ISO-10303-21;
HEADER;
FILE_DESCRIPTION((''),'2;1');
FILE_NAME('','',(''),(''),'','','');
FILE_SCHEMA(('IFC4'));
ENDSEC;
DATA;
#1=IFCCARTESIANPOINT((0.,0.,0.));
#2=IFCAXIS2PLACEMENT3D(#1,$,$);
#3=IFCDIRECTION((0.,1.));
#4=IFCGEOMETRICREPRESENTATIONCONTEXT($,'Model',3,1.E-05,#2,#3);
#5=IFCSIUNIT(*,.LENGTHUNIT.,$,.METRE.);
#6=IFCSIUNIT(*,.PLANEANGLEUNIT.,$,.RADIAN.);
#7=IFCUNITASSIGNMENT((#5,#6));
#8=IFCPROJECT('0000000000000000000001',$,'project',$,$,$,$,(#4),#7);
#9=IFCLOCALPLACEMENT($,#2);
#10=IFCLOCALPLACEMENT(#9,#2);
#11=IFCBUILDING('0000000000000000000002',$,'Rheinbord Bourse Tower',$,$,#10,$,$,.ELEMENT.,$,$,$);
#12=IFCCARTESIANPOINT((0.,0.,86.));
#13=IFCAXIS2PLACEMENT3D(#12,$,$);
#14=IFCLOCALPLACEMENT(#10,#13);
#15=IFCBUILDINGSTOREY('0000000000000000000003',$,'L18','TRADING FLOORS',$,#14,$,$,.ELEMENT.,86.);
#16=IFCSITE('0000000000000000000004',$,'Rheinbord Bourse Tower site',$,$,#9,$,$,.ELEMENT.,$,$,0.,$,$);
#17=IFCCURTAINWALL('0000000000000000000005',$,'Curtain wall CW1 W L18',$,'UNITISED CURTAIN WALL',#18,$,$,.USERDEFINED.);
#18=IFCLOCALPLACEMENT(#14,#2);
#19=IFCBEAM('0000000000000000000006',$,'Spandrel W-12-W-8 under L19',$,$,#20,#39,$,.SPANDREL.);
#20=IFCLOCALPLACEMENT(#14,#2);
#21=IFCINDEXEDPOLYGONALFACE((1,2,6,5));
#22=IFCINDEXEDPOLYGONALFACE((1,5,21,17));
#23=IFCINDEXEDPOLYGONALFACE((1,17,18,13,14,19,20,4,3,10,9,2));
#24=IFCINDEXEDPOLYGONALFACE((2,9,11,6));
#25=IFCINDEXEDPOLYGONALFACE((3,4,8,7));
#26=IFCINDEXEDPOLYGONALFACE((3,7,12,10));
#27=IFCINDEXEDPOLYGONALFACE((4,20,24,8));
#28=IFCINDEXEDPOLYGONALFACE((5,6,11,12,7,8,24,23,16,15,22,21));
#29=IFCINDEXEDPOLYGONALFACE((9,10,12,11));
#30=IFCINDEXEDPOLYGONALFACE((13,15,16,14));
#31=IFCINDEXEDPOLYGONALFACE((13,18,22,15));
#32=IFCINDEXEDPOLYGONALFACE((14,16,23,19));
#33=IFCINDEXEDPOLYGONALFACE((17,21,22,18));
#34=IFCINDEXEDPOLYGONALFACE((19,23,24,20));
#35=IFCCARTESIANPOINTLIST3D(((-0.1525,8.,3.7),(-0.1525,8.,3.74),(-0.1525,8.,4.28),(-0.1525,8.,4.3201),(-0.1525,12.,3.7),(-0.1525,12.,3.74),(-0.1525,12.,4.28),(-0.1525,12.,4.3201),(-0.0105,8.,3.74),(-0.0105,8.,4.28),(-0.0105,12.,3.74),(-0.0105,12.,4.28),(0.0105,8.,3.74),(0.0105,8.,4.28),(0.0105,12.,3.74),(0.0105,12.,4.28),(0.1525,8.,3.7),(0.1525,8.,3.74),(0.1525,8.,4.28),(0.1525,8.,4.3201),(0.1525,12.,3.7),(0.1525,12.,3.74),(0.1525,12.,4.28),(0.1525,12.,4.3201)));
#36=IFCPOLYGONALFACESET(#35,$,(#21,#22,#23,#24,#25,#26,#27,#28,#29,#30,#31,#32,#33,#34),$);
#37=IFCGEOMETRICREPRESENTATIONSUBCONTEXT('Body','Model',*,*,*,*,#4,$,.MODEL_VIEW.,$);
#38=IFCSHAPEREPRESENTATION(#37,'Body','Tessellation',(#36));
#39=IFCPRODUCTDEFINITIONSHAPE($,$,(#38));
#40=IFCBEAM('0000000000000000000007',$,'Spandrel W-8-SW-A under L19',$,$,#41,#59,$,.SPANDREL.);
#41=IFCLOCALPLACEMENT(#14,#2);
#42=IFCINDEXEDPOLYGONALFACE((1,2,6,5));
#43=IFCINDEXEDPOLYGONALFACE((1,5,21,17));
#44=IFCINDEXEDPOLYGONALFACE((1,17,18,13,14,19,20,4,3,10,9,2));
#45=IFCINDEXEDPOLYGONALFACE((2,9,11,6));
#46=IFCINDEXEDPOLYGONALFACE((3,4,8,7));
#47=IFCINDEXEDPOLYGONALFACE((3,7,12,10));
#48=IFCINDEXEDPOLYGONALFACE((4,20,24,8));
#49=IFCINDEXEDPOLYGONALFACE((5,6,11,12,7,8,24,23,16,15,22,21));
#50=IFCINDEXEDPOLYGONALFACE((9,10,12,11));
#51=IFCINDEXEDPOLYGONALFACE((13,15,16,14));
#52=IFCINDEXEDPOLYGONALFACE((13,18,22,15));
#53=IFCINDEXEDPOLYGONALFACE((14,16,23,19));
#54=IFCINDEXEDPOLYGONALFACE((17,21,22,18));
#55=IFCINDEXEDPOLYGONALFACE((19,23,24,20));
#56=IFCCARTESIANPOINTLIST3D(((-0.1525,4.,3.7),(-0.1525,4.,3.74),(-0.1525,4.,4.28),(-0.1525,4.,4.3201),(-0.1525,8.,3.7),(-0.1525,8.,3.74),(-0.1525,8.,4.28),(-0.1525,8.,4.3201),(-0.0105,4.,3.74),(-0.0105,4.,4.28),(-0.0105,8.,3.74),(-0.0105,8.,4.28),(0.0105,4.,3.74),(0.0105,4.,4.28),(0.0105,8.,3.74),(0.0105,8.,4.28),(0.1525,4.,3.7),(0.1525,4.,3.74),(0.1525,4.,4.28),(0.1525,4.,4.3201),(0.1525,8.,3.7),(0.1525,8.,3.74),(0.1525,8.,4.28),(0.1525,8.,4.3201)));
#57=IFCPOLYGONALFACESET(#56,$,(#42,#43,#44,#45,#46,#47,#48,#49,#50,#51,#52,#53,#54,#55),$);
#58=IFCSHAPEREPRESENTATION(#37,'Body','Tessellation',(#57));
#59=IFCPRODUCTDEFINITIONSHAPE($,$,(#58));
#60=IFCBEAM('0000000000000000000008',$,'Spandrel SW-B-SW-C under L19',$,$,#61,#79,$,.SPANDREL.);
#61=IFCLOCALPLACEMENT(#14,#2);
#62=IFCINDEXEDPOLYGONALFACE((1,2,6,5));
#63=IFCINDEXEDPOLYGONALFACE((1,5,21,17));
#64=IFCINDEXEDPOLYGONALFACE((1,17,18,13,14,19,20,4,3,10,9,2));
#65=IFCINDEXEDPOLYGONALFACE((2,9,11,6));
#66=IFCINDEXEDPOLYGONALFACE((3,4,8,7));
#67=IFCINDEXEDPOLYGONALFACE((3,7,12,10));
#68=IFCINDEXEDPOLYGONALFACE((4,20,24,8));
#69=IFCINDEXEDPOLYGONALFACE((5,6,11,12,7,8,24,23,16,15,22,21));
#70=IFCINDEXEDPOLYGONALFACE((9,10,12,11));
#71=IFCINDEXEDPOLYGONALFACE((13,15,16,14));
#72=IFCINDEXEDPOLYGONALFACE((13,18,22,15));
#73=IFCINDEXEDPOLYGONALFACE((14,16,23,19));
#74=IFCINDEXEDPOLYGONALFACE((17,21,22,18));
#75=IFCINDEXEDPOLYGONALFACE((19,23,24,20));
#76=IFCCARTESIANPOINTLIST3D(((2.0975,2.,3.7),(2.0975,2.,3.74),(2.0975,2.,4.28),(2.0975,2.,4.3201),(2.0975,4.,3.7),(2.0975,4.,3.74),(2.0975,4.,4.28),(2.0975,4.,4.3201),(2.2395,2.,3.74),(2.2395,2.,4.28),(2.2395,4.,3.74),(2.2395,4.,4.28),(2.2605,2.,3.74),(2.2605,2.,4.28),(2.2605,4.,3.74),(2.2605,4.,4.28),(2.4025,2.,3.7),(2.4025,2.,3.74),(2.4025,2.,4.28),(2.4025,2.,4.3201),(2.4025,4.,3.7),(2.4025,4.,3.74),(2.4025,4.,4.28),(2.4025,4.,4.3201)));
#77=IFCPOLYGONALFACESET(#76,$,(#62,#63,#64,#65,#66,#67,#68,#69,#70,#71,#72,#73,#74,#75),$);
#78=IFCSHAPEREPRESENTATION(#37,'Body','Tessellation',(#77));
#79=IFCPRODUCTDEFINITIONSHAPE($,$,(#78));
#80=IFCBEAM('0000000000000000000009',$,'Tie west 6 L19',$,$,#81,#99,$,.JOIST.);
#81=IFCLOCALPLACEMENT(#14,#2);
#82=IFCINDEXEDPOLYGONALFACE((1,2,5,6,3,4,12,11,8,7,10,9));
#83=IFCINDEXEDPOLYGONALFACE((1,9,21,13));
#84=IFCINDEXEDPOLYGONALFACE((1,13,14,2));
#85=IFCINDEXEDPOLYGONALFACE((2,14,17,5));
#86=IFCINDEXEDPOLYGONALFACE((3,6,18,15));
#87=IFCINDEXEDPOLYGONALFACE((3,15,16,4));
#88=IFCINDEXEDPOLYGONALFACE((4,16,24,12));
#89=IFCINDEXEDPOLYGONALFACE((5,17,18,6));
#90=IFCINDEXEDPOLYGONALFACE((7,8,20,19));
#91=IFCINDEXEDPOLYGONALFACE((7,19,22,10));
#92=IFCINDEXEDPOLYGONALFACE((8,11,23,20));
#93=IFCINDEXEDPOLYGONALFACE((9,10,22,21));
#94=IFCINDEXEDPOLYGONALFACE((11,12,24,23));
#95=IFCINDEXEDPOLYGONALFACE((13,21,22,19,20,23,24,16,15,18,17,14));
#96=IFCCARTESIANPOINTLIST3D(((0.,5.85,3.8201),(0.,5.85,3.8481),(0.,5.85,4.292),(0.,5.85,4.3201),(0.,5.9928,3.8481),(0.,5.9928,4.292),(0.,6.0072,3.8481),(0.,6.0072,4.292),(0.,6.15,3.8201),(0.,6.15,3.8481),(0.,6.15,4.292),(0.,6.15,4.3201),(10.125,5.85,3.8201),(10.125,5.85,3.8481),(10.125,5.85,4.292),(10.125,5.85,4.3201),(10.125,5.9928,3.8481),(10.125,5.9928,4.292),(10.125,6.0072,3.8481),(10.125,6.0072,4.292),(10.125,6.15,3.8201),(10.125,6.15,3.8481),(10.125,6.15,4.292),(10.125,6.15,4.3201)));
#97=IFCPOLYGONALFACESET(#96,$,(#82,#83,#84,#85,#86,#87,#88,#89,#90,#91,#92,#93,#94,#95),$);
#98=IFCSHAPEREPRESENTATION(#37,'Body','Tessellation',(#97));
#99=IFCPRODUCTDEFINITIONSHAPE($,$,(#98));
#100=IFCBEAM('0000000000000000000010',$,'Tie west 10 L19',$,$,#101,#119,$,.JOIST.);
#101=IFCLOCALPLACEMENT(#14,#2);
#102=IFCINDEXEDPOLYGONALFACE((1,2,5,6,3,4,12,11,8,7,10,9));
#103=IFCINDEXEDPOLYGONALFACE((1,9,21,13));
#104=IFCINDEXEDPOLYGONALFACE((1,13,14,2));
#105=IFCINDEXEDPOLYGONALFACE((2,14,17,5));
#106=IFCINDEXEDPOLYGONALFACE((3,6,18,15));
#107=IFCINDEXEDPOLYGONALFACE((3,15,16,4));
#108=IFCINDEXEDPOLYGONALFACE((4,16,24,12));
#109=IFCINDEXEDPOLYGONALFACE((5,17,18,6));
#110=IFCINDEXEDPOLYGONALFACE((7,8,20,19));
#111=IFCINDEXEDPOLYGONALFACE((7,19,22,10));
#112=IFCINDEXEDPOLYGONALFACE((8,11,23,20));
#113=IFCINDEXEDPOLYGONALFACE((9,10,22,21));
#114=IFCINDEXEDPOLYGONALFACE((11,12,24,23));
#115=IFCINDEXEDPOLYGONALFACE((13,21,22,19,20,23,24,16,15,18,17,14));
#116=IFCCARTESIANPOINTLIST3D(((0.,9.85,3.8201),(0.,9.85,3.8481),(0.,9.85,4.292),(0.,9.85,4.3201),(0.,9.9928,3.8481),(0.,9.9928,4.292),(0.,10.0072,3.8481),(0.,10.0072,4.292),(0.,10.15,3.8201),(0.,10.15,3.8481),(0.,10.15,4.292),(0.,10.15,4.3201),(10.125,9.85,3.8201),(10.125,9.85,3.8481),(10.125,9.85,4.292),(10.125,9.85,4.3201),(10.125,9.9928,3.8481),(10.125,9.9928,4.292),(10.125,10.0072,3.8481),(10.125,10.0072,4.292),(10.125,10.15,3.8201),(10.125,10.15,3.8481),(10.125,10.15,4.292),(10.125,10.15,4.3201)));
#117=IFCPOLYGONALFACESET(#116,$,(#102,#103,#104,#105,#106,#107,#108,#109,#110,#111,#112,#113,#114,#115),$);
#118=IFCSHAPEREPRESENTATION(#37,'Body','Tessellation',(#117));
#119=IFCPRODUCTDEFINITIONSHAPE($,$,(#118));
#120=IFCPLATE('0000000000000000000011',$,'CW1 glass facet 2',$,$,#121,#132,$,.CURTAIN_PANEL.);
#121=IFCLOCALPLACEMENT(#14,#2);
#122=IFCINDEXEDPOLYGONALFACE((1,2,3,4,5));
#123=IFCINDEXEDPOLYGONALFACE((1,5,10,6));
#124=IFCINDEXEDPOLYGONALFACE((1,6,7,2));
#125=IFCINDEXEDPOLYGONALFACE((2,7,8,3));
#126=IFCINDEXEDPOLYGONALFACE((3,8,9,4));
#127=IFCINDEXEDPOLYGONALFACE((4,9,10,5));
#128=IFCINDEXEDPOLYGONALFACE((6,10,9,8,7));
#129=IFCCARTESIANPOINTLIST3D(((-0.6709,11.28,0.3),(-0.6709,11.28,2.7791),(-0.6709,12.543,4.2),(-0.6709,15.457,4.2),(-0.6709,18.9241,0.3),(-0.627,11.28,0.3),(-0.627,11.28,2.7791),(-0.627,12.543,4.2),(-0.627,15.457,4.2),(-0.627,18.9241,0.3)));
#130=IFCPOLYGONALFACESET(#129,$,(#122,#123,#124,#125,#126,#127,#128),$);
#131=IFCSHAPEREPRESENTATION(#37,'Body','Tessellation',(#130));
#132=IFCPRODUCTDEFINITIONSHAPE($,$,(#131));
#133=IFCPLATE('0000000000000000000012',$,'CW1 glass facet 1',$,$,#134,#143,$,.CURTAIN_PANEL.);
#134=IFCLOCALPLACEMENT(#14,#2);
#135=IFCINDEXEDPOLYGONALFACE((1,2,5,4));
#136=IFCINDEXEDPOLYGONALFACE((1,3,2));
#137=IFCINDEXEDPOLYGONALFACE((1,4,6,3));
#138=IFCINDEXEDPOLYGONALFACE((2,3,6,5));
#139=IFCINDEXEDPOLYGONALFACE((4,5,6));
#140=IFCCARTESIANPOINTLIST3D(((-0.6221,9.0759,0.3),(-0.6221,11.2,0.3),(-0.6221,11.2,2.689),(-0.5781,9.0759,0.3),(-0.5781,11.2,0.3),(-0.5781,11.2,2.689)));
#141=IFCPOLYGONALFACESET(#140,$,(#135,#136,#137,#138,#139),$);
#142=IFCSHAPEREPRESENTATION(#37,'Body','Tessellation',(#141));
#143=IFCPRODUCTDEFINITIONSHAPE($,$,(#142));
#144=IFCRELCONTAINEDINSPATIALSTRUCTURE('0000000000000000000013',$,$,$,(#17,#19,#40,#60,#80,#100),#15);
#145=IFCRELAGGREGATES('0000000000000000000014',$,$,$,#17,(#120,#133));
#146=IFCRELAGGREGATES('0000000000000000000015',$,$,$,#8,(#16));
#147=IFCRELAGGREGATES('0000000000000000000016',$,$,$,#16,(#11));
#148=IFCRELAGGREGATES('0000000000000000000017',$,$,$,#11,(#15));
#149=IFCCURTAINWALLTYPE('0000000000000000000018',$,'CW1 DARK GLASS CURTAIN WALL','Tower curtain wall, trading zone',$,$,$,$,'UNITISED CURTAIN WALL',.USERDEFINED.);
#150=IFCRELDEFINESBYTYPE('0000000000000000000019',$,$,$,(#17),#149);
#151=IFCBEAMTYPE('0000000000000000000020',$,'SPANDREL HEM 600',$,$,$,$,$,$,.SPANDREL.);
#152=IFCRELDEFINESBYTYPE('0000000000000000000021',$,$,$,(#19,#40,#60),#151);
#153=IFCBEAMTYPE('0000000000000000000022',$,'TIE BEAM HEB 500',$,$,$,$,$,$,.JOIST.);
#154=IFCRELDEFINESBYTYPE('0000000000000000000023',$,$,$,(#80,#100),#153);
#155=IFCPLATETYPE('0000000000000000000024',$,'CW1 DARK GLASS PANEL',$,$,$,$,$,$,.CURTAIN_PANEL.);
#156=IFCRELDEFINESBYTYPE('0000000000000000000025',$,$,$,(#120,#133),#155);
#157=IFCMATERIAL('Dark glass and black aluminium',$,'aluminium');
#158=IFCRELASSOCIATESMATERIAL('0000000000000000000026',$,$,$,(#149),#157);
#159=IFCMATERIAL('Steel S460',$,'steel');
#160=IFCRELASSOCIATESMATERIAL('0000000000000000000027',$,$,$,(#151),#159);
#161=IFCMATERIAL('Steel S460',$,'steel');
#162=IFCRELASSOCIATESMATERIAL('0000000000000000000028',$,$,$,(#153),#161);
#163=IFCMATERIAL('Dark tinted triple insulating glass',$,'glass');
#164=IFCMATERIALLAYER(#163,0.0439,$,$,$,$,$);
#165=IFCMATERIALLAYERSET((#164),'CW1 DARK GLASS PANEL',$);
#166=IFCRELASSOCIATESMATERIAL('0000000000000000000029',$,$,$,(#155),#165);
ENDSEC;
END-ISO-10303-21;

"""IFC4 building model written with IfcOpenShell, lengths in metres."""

from ifc_helpers import new_model, si_unit, direction, frame, origin, origin_2d, place, context, subcontext, project, spatial, polyline, i_section, outline, extrude, material, layer, layer_set, material_profile, profile_set, type_object, element, aggregate, save


model = new_model("IFC4")

# Units and contexts
model_context = context("Model", 3, precision=1e-05, world=origin(), true_north=direction((0.0, 1.0)))
body_context = subcontext(model_context, "Body", "Model", "MODEL_VIEW")
ifc_project = project(units=[si_unit("LENGTHUNIT", "METRE"), si_unit("PLANEANGLEUNIT", "RADIAN")], contexts=[model_context])

# Site, building, storey
site_placement = place(None, origin())
site = spatial("IfcSite", under=ifc_project, at=site_placement, Name="Rheinbord Bourse Tower site", CompositionType="ELEMENT", RefElevation=0.0)
building_placement = place(site_placement, origin())
building = spatial("IfcBuilding", under=site, at=building_placement, Name="Rheinbord Bourse Tower", CompositionType="ELEMENT")
storey_placement = place(building_placement, frame((0.0, 0.0, 86.0)))
storey = spatial("IfcBuildingStorey", under=building, at=storey_placement, Name="L18", Description="TRADING FLOORS", CompositionType="ELEMENT", Elevation=86.0)

# Curtain wall
ifc_material_1 = material(Name="Dark glass and black aluminium", Category="aluminium")
curtain_wall_type = type_object("IfcCurtainWallType", Name="CW1 DARK GLASS CURTAIN WALL", Description="Tower curtain wall, trading zone", ElementType="UNITISED CURTAIN WALL", PredefinedType="USERDEFINED", material=ifc_material_1)
curtain_wall_placement = place(storey_placement, origin())
curtain_wall = element("IfcCurtainWall", 1, at=curtain_wall_placement, inside=storey, type_object=curtain_wall_type, Name="Curtain wall CW1 W L18", ObjectType="UNITISED CURTAIN WALL", PredefinedType="USERDEFINED")

# Beams
ifc_material_2 = material(Name="Steel S460", Category="steel")
ifc_material_profile_1 = material_profile(ifc_material_2, i_section(OverallWidth=0.3049, OverallDepth=0.6201, WebThickness=0.021, FlangeThickness=0.04, at=origin_2d()), Name="HEM 600")
ifc_profile_set_1 = profile_set([ifc_material_profile_1], Name="Steel S460")
beam_type_1 = type_object("IfcBeamType", Name="SPANDREL HEM 600", PredefinedType="SPANDREL", material=ifc_profile_set_1)
for number, where, z_axis, x_axis, name in (
    (2, (0.0, 12.0, 4.01), (0.0, -1.0, 0.0), (1.0, 0.0, 0.0), "Spandrel W-12-W-8 under L19"),
    (3, (0.0, 8.0, 4.01), (0.0, -1.0, 0.0), (1.0, 0.0, 0.0), "Spandrel W-8-SW-A under L19"),
):
    element("IfcBeam", number, at=place(storey_placement, frame(where, z_axis=z_axis, x_axis=x_axis)), inside=storey, type_object=beam_type_1, Name=name, PredefinedType="SPANDREL", context=body_context, shape_type="SweptSolid", body=[
        extrude(i_section(OverallWidth=0.3049, OverallDepth=0.6201, WebThickness=0.021, FlangeThickness=0.04, at=origin_2d()), origin(), (0.0, 0.0, 1.0), 4.0),
    ])
beam_placement = place(storey_placement, frame((2.25, 4.0, 4.01), z_axis=(0.0, -1.0, 0.0), x_axis=(1.0, 0.0, 0.0)))
element("IfcBeam", 4, at=beam_placement, inside=storey, type_object=beam_type_1, Name="Spandrel SW-B-SW-C under L19", PredefinedType="SPANDREL", context=body_context, shape_type="SweptSolid", body=[
    extrude(i_section(OverallWidth=0.3049, OverallDepth=0.6201, WebThickness=0.021, FlangeThickness=0.04, at=origin_2d()), origin(), (0.0, 0.0, 1.0), 2.0),
])
ifc_material_3 = material(Name="Steel S460", Category="steel")
ifc_material_profile_2 = material_profile(ifc_material_3, i_section(OverallWidth=0.3, OverallDepth=0.5, WebThickness=0.0144, FlangeThickness=0.0281, at=origin_2d()), Name="HEB 500")
ifc_profile_set_2 = profile_set([ifc_material_profile_2], Name="Steel S460")
beam_type_2 = type_object("IfcBeamType", Name="TIE BEAM HEB 500", PredefinedType="JOIST", material=ifc_profile_set_2)
for number, where, z_axis, x_axis, name in (
    (5, (0.0, 6.0, 4.0701), (1.0, 0.0, 0.0), (0.0, 1.0, 0.0), "Tie west 6 L19"),
    (6, (0.0, 10.0, 4.0701), (1.0, 0.0, 0.0), (0.0, 1.0, 0.0), "Tie west 10 L19"),
):
    element("IfcBeam", number, at=place(storey_placement, frame(where, z_axis=z_axis, x_axis=x_axis)), inside=storey, type_object=beam_type_2, Name=name, PredefinedType="JOIST", context=body_context, shape_type="SweptSolid", body=[
        extrude(i_section(OverallWidth=0.3, OverallDepth=0.5, WebThickness=0.0144, FlangeThickness=0.0281, at=origin_2d()), origin(), (0.0, 0.0, 1.0), 10.125),
    ])

# Plates
ifc_material_4 = material(Name="Dark tinted triple insulating glass", Category="glass")
ifc_layer_1 = layer(ifc_material_4, 0.0439)
ifc_layer_set_1 = layer_set([ifc_layer_1], Name="CW1 DARK GLASS PANEL")
plate_type = type_object("IfcPlateType", Name="CW1 DARK GLASS PANEL", PredefinedType="CURTAIN_PANEL", material=ifc_layer_set_1)
plate_1_placement = place(storey_placement, frame((-0.6709, 11.28, 0.3), z_axis=(1.0, 0.0, 0.0), x_axis=(0.0, 1.0, 0.0)))
plate_1 = element("IfcPlate", 7, at=plate_1_placement, type_object=plate_type, Name="CW1 glass facet 2", PredefinedType="CURTAIN_PANEL", context=body_context, shape_type="SweptSolid", body=[
    extrude(outline(polyline([(0.0, 0.0), (7.644, 0.0), (4.177, 3.8999), (1.2629, 3.8999), (0.0, 2.479), (0.0, 0.0)])), origin(), (0.0, 0.0, 1.0), 0.0439),
])
plate_2_placement = place(storey_placement, frame((-0.6221, 11.2, 0.3), z_axis=(1.0, 0.0, 0.0), x_axis=(0.0, 0.0, 1.0)))
plate_2 = element("IfcPlate", 8, at=plate_2_placement, type_object=plate_type, Name="CW1 glass facet 1", PredefinedType="CURTAIN_PANEL", context=body_context, shape_type="SweptSolid", body=[
    extrude(outline(polyline([(0.0, 0.0), (2.3889, 0.0), (0.0, 2.124), (0.0, 0.0)])), origin(), (0.0, 0.0, 1.0), 0.0439),
])
aggregate(curtain_wall, [plate_1, plate_2])

save(model, "model.ifc")
